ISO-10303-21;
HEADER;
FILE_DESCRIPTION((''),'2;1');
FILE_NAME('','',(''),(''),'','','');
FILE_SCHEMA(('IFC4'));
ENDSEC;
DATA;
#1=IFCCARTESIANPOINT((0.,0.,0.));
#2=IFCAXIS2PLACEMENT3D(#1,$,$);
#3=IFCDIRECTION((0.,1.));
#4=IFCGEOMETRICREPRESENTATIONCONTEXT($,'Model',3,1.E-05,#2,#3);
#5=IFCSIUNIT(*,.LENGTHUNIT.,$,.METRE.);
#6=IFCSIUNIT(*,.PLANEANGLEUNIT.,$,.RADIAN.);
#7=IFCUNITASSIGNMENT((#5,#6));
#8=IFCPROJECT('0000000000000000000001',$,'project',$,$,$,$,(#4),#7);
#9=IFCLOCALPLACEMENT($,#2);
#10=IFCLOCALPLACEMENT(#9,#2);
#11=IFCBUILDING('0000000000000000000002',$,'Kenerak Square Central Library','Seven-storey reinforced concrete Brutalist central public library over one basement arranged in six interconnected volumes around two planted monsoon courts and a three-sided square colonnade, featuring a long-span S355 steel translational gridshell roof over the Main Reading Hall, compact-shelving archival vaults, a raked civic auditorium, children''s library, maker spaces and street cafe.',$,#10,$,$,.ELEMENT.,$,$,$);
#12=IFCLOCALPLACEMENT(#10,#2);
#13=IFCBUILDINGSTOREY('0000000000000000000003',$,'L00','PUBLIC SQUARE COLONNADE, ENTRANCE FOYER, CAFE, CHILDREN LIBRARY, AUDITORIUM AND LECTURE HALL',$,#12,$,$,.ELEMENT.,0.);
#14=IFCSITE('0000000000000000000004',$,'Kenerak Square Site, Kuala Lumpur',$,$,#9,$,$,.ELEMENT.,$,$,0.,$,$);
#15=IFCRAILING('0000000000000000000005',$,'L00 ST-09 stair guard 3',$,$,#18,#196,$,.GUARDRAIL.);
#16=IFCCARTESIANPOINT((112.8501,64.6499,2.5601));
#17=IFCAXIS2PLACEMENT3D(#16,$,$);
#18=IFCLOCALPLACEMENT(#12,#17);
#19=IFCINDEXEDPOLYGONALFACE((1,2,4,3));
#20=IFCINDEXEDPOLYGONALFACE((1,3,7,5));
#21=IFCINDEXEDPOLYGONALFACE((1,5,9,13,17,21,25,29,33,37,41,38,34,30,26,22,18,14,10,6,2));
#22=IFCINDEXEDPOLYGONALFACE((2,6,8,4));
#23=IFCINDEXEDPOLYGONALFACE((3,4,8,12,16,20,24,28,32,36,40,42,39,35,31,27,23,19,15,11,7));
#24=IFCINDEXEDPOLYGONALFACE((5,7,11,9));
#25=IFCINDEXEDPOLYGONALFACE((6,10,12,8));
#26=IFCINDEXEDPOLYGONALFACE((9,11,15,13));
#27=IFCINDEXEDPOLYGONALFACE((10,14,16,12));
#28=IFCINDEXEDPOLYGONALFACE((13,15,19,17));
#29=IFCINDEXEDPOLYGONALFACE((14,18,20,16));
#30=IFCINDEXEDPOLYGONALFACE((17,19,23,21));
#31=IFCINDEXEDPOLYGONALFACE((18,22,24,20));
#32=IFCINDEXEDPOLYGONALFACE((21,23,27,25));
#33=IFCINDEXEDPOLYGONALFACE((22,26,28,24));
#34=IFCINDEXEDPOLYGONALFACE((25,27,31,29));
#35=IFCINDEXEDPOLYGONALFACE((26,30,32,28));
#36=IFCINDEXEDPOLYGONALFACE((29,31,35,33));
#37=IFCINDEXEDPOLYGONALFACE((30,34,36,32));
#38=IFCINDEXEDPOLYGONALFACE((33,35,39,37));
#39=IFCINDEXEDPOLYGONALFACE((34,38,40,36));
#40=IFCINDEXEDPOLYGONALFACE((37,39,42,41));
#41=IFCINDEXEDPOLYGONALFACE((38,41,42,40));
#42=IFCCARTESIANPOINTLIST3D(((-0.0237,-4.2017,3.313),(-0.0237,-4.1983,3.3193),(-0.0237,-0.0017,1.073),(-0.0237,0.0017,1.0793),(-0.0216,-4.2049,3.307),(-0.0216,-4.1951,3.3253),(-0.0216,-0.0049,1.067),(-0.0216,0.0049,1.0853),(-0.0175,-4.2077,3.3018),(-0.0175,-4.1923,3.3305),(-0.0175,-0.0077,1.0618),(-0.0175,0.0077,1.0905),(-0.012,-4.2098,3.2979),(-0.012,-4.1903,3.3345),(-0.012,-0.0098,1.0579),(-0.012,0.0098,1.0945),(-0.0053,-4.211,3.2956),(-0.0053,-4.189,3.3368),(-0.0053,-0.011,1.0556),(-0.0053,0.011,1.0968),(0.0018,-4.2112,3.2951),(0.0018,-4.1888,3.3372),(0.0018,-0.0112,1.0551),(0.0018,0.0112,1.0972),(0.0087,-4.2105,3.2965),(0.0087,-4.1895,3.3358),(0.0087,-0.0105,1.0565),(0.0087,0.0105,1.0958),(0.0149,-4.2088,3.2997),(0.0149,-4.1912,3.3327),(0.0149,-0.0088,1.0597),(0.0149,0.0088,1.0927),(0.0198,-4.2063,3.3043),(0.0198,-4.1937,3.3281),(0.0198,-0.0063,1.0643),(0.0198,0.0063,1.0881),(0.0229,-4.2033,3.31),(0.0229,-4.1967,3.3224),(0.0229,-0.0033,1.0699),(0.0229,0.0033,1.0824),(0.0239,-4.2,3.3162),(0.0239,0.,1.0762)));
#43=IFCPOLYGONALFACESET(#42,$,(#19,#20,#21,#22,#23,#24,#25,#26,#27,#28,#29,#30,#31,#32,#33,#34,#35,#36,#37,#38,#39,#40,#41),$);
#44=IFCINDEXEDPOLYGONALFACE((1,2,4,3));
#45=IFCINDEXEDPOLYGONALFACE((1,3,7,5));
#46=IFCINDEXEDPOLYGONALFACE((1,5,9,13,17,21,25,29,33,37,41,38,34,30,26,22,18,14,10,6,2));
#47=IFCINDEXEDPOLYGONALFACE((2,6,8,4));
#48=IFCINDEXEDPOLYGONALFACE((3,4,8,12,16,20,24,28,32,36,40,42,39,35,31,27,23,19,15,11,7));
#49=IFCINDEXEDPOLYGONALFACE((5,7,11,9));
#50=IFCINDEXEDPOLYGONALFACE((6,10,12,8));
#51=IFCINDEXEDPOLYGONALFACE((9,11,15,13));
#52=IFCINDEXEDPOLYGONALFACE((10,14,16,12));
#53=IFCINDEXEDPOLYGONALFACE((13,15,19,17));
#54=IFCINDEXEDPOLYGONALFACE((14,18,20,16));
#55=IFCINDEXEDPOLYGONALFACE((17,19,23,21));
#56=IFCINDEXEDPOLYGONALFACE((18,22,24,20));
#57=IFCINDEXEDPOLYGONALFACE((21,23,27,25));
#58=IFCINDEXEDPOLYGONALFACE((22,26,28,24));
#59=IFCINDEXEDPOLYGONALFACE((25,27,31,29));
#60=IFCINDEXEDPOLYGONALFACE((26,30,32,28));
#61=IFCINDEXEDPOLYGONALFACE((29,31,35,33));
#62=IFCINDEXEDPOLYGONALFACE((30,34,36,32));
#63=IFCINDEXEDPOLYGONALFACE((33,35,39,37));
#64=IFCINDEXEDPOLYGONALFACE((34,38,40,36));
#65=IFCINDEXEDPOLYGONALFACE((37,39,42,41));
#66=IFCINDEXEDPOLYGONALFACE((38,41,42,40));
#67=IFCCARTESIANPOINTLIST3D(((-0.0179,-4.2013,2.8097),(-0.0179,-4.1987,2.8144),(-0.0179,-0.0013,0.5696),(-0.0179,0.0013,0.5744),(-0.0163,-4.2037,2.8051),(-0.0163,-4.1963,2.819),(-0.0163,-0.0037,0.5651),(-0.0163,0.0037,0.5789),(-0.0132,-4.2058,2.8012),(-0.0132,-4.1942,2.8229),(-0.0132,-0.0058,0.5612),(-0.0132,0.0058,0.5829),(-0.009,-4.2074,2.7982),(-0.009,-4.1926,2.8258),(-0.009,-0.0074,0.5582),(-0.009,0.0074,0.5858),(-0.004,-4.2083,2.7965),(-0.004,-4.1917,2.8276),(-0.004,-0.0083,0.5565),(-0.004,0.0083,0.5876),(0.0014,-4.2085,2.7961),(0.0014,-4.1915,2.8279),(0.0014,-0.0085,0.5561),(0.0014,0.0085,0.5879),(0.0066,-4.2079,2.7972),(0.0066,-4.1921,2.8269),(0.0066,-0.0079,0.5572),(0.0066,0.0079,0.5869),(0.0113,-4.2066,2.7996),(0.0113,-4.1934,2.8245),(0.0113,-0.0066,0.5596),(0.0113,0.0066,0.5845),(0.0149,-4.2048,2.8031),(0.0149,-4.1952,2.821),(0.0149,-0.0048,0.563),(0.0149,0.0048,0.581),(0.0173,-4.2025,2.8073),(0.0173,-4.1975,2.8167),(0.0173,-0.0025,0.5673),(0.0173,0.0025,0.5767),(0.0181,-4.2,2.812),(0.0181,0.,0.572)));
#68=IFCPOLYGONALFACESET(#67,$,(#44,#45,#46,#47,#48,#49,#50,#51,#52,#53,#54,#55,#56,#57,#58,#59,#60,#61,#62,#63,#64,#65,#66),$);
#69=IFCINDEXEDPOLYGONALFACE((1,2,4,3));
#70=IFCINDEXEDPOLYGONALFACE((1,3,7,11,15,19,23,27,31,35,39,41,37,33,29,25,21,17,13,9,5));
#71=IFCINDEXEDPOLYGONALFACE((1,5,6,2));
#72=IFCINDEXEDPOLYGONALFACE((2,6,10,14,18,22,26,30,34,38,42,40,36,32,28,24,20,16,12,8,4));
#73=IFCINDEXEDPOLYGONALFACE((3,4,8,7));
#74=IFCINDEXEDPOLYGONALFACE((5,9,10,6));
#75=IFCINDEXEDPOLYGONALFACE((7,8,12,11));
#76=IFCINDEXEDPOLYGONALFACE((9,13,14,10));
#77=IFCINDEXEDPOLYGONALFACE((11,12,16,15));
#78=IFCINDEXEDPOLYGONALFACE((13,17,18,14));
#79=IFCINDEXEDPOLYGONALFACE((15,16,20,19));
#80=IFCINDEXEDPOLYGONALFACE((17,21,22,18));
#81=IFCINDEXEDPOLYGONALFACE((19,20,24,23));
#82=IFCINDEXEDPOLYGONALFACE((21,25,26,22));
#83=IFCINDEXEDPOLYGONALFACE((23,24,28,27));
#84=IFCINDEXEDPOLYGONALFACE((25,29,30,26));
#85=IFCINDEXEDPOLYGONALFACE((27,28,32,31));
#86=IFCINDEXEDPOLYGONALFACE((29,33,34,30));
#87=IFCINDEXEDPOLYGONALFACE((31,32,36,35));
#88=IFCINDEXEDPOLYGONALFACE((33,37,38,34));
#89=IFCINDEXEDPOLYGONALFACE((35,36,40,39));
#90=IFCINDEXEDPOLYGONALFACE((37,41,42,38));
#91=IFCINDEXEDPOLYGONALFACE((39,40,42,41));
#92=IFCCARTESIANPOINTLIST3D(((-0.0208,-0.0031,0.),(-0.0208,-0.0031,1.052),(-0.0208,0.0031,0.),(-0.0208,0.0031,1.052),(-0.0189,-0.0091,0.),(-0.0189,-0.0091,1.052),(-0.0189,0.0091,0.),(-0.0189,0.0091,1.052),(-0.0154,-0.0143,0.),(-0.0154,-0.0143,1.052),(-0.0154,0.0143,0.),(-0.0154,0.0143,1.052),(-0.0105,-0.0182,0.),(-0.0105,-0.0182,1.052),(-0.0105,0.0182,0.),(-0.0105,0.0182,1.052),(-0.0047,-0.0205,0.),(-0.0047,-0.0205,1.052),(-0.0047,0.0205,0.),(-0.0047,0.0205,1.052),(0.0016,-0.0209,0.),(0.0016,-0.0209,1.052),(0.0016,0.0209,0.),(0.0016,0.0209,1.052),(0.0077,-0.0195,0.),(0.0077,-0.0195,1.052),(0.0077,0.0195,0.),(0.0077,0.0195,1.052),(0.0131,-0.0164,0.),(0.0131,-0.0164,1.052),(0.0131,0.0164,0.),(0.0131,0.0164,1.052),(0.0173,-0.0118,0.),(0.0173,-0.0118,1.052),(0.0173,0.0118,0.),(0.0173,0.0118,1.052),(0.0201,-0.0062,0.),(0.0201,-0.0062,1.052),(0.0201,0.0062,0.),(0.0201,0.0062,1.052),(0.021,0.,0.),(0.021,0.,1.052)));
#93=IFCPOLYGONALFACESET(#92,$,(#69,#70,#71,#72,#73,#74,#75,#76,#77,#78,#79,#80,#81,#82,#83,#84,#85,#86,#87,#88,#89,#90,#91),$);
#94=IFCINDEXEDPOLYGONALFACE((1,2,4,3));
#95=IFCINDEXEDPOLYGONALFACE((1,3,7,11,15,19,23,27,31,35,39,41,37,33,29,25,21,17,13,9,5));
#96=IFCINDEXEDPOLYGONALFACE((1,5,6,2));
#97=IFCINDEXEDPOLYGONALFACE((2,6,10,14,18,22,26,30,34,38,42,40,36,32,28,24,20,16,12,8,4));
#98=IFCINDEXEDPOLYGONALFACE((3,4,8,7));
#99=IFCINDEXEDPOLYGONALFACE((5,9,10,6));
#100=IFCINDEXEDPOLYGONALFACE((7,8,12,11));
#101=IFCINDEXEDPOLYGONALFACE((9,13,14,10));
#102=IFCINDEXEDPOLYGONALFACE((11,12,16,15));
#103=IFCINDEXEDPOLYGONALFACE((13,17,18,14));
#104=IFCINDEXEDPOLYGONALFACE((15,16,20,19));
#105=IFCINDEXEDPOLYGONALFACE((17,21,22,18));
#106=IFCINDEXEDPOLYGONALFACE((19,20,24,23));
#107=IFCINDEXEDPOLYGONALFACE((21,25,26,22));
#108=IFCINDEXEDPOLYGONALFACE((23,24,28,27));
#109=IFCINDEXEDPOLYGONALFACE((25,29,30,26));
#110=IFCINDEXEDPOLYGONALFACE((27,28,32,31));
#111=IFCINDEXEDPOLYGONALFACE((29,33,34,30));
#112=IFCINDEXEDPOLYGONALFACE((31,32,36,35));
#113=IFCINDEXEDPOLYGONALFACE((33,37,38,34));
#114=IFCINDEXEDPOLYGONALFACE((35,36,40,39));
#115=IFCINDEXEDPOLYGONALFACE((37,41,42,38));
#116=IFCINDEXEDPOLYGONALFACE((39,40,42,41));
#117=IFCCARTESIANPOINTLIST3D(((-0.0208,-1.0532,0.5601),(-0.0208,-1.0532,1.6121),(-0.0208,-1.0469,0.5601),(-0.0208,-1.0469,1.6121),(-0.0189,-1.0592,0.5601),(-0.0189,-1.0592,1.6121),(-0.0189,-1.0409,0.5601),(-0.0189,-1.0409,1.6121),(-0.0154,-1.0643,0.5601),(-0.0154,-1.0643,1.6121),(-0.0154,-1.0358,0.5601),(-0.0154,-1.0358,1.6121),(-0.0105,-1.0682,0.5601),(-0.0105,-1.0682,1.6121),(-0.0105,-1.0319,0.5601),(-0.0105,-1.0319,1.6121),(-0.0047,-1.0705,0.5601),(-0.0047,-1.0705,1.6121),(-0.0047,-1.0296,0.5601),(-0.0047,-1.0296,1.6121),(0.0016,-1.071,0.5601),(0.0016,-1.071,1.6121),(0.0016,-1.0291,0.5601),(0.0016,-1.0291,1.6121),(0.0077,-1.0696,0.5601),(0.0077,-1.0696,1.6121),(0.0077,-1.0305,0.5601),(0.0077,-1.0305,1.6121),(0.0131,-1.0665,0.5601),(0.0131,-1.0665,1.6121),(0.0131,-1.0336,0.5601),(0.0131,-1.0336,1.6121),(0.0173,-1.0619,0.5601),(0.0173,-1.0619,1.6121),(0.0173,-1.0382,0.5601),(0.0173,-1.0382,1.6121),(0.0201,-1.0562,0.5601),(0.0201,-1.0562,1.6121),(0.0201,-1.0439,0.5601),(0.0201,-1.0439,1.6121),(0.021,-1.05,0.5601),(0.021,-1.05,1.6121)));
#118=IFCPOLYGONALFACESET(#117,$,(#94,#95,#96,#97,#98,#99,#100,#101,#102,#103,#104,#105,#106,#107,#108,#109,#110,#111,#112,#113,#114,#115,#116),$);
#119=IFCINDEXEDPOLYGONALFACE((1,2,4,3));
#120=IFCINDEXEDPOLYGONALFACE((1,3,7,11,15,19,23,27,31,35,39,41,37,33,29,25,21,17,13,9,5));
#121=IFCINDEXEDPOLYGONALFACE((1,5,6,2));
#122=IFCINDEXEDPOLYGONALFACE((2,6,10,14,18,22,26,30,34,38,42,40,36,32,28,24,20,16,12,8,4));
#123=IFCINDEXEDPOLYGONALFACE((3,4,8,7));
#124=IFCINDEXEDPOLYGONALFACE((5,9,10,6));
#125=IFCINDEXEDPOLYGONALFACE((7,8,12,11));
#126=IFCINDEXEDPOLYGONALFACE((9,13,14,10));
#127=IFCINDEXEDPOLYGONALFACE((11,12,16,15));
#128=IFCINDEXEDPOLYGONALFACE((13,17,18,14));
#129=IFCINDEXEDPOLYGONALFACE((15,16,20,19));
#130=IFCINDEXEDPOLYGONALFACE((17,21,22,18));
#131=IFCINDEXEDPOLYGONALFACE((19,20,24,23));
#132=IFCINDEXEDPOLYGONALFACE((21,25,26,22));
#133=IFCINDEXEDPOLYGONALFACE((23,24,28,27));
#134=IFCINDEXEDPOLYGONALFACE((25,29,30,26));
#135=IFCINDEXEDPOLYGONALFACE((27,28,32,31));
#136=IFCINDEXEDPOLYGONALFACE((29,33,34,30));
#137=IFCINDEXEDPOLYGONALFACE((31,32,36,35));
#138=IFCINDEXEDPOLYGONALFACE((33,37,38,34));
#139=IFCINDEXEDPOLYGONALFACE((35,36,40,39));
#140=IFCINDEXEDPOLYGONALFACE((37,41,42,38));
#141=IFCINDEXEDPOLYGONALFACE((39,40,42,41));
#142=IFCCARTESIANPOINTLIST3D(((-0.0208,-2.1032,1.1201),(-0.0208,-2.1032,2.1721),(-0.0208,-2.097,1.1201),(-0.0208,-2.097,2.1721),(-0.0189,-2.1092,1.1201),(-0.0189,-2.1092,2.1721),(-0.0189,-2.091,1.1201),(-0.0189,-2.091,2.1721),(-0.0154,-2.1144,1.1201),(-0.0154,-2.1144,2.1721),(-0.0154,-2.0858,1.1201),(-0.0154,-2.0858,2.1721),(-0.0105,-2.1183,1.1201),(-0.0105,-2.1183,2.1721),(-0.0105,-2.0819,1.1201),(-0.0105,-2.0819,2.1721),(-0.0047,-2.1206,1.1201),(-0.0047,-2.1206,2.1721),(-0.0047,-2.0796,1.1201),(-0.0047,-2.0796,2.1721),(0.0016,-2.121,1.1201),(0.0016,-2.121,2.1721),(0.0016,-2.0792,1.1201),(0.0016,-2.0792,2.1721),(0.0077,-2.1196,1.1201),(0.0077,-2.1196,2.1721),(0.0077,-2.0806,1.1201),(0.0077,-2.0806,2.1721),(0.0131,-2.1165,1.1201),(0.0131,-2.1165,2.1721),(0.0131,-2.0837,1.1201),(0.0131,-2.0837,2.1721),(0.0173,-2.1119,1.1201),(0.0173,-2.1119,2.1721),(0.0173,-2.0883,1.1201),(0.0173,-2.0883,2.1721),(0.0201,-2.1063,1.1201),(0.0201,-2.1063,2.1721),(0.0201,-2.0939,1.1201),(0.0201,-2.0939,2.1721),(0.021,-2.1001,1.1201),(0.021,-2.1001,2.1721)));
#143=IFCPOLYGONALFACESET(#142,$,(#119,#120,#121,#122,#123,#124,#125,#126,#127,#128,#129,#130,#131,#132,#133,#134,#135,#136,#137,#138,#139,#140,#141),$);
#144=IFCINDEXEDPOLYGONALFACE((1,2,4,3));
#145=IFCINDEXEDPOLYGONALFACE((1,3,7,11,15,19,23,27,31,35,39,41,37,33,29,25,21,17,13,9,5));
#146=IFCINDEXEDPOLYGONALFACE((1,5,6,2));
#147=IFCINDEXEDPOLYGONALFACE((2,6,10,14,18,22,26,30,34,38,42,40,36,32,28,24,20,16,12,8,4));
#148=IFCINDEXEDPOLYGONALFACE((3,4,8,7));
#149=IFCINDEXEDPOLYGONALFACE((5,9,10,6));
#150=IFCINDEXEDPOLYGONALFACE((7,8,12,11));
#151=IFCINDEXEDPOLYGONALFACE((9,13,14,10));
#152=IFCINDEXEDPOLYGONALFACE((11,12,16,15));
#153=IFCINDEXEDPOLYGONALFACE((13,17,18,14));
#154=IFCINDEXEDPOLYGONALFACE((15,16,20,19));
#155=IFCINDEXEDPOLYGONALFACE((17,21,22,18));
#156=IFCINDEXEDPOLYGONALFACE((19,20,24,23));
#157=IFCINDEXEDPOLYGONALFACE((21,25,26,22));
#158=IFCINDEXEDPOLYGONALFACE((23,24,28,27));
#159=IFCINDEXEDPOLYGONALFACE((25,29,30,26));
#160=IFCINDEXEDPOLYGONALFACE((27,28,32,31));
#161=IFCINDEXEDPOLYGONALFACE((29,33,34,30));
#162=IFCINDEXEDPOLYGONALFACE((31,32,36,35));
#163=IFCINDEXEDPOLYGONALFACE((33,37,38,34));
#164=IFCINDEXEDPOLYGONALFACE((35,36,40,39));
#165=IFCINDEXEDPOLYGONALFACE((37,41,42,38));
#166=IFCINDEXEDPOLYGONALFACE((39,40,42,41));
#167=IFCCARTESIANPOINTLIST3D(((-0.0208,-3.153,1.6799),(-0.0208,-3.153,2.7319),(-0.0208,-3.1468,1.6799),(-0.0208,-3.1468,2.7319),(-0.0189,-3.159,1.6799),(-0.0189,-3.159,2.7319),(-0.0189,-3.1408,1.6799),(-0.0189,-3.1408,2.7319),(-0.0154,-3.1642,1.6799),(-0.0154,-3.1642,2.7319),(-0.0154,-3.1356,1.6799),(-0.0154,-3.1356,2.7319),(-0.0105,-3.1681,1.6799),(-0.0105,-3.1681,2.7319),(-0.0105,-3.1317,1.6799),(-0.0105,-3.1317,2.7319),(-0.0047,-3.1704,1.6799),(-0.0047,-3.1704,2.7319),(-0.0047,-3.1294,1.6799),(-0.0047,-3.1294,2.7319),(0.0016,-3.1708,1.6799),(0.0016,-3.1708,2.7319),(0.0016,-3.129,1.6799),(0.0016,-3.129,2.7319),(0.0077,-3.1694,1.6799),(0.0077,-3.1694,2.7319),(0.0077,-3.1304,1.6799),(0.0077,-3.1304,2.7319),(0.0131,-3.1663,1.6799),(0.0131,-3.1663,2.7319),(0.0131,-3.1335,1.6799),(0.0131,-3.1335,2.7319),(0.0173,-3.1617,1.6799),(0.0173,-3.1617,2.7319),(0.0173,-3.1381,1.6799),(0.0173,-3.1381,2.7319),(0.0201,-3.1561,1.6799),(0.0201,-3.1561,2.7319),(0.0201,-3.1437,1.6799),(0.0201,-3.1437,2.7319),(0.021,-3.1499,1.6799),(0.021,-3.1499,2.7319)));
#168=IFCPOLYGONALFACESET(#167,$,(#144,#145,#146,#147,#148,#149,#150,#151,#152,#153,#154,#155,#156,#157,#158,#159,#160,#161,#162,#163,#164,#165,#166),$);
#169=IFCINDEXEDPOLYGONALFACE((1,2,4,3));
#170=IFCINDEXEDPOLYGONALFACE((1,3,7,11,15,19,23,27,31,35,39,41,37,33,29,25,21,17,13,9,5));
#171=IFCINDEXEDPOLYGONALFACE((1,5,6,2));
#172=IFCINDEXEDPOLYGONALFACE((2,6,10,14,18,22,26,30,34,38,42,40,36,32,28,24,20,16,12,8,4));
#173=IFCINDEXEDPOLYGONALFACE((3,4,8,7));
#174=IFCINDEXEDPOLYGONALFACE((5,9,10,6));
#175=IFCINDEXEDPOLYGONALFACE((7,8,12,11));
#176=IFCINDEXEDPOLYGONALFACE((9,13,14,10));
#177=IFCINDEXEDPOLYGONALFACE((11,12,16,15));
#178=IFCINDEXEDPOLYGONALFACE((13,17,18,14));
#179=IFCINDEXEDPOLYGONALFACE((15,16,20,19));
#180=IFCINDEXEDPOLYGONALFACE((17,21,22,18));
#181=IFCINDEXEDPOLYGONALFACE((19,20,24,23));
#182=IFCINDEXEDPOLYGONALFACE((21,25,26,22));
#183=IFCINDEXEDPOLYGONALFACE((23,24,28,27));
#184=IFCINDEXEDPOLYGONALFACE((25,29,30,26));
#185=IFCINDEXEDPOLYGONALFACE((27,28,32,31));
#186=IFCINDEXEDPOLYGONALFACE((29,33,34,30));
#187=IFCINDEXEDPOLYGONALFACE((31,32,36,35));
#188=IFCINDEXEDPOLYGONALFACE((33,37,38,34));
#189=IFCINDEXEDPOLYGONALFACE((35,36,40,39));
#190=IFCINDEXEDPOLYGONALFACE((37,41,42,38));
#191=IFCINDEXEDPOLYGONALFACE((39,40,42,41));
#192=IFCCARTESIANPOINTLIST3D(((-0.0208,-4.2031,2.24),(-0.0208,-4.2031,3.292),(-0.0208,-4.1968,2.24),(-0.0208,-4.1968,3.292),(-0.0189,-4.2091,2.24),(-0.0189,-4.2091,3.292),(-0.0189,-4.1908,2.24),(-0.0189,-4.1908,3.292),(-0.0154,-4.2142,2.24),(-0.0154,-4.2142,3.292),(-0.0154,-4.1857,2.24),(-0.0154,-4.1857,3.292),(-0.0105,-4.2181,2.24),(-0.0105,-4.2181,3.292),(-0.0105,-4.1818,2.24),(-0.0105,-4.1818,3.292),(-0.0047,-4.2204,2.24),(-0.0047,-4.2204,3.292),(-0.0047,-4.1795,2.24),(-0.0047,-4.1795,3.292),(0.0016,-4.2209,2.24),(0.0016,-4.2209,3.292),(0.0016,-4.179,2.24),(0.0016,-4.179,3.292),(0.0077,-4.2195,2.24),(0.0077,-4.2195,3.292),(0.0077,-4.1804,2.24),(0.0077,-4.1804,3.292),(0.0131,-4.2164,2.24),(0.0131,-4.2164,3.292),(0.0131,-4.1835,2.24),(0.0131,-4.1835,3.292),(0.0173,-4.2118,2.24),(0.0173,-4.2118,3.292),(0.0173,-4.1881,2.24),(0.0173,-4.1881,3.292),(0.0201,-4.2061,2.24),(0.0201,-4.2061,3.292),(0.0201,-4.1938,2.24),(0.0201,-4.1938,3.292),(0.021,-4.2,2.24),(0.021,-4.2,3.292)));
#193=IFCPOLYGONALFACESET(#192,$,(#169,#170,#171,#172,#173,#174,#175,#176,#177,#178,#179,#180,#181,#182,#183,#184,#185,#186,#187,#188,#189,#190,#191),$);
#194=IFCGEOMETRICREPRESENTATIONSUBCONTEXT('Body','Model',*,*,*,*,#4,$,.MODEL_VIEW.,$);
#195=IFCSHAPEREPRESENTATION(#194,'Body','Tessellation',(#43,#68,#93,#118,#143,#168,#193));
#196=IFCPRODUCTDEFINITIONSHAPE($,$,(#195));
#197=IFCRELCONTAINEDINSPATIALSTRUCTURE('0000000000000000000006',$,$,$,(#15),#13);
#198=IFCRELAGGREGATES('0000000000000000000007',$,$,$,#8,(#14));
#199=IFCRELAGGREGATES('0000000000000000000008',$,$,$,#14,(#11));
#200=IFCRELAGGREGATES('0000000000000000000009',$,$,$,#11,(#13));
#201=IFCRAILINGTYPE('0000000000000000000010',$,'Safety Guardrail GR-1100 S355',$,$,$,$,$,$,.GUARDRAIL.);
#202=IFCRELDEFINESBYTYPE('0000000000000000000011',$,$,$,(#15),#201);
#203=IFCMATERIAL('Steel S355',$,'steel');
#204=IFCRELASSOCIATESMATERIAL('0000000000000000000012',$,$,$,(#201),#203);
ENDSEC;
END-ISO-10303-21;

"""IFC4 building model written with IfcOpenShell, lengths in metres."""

from ifc_helpers import new_model, si_unit, direction, frame, origin, origin_2d, place, context, subcontext, project, spatial, circle, extrude, material, type_object, element, save


model = new_model("IFC4")

# Units and contexts
model_context = context("Model", 3, precision=1e-05, world=origin(), true_north=direction((0.0, 1.0)))
body_context = subcontext(model_context, "Body", "Model", "MODEL_VIEW")
ifc_project = project(units=[si_unit("LENGTHUNIT", "METRE"), si_unit("PLANEANGLEUNIT", "RADIAN")], contexts=[model_context])

# Site, building, storey
site_placement = place(None, origin())
site = spatial("IfcSite", under=ifc_project, at=site_placement, Name="Kenerak Square Site, Kuala Lumpur", CompositionType="ELEMENT", RefElevation=0.0)
building_placement = place(site_placement, origin())
building = spatial("IfcBuilding", under=site, at=building_placement, Name="Kenerak Square Central Library", Description="Seven-storey reinforced concrete Brutalist central public library over one basement arranged in six interconnected volumes around two planted monsoon courts and a three-sided square colonnade, featuring a long-span S355 steel translational gridshell roof over the Main Reading Hall, compact-shelving archival vaults, a raked civic auditorium, children's library, maker spaces and street cafe.", CompositionType="ELEMENT")
storey_placement = place(building_placement, origin())
storey = spatial("IfcBuildingStorey", under=building, at=storey_placement, Name="L00", Description="PUBLIC SQUARE COLONNADE, ENTRANCE FOYER, CAFE, CHILDREN LIBRARY, AUDITORIUM AND LECTURE HALL", CompositionType="ELEMENT", Elevation=0.0)

# Shared definitions
ifc_material_1 = material(Name="Steel S355", Category="steel")

# Railing
railing_type_1 = type_object("IfcRailingType", Name="Safety Guardrail GR-1100 S355", PredefinedType="GUARDRAIL", material=ifc_material_1)
railing_1_placement = place(storey_placement, frame((112.8501, 64.6499, 2.5601)))
element("IfcRailing", 1, at=railing_1_placement, inside=storey, type_object=railing_type_1, Name="L00 ST-09 stair guard 3", PredefinedType="GUARDRAIL", context=body_context, shape_type="SweptSolid", body=[
    extrude(circle(Radius=0.0239, at=origin_2d()), frame((0.0, 0.0, 1.0762), z_axis=(0.0, -0.882352, 0.470591), x_axis=(1.0, 0.0, 0.0)), (0.0, 0.0, 1.0), 4.76),
    extrude(circle(Radius=0.0181, at=origin_2d()), frame((0.0, 0.0, 0.572), z_axis=(0.0, -0.882352, 0.470591), x_axis=(1.0, 0.0, 0.0)), (0.0, 0.0, 1.0), 4.76),
    extrude(circle(Radius=0.021, at=origin_2d()), origin(), (0.0, 0.0, 1.0), 1.052),
    extrude(circle(Radius=0.021, at=origin_2d()), frame((0.0, -1.05, 0.5601)), (0.0, 0.0, 1.0), 1.052),
    extrude(circle(Radius=0.021, at=origin_2d()), frame((0.0, -2.1001, 1.1201)), (0.0, 0.0, 1.0), 1.052),
    extrude(circle(Radius=0.021, at=origin_2d()), frame((0.0, -3.1499, 1.6799)), (0.0, 0.0, 1.0), 1.052),
    extrude(circle(Radius=0.021, at=origin_2d()), frame((0.0, -4.2, 2.24)), (0.0, 0.0, 1.0), 1.052),
])

save(model, "model.ifc")
